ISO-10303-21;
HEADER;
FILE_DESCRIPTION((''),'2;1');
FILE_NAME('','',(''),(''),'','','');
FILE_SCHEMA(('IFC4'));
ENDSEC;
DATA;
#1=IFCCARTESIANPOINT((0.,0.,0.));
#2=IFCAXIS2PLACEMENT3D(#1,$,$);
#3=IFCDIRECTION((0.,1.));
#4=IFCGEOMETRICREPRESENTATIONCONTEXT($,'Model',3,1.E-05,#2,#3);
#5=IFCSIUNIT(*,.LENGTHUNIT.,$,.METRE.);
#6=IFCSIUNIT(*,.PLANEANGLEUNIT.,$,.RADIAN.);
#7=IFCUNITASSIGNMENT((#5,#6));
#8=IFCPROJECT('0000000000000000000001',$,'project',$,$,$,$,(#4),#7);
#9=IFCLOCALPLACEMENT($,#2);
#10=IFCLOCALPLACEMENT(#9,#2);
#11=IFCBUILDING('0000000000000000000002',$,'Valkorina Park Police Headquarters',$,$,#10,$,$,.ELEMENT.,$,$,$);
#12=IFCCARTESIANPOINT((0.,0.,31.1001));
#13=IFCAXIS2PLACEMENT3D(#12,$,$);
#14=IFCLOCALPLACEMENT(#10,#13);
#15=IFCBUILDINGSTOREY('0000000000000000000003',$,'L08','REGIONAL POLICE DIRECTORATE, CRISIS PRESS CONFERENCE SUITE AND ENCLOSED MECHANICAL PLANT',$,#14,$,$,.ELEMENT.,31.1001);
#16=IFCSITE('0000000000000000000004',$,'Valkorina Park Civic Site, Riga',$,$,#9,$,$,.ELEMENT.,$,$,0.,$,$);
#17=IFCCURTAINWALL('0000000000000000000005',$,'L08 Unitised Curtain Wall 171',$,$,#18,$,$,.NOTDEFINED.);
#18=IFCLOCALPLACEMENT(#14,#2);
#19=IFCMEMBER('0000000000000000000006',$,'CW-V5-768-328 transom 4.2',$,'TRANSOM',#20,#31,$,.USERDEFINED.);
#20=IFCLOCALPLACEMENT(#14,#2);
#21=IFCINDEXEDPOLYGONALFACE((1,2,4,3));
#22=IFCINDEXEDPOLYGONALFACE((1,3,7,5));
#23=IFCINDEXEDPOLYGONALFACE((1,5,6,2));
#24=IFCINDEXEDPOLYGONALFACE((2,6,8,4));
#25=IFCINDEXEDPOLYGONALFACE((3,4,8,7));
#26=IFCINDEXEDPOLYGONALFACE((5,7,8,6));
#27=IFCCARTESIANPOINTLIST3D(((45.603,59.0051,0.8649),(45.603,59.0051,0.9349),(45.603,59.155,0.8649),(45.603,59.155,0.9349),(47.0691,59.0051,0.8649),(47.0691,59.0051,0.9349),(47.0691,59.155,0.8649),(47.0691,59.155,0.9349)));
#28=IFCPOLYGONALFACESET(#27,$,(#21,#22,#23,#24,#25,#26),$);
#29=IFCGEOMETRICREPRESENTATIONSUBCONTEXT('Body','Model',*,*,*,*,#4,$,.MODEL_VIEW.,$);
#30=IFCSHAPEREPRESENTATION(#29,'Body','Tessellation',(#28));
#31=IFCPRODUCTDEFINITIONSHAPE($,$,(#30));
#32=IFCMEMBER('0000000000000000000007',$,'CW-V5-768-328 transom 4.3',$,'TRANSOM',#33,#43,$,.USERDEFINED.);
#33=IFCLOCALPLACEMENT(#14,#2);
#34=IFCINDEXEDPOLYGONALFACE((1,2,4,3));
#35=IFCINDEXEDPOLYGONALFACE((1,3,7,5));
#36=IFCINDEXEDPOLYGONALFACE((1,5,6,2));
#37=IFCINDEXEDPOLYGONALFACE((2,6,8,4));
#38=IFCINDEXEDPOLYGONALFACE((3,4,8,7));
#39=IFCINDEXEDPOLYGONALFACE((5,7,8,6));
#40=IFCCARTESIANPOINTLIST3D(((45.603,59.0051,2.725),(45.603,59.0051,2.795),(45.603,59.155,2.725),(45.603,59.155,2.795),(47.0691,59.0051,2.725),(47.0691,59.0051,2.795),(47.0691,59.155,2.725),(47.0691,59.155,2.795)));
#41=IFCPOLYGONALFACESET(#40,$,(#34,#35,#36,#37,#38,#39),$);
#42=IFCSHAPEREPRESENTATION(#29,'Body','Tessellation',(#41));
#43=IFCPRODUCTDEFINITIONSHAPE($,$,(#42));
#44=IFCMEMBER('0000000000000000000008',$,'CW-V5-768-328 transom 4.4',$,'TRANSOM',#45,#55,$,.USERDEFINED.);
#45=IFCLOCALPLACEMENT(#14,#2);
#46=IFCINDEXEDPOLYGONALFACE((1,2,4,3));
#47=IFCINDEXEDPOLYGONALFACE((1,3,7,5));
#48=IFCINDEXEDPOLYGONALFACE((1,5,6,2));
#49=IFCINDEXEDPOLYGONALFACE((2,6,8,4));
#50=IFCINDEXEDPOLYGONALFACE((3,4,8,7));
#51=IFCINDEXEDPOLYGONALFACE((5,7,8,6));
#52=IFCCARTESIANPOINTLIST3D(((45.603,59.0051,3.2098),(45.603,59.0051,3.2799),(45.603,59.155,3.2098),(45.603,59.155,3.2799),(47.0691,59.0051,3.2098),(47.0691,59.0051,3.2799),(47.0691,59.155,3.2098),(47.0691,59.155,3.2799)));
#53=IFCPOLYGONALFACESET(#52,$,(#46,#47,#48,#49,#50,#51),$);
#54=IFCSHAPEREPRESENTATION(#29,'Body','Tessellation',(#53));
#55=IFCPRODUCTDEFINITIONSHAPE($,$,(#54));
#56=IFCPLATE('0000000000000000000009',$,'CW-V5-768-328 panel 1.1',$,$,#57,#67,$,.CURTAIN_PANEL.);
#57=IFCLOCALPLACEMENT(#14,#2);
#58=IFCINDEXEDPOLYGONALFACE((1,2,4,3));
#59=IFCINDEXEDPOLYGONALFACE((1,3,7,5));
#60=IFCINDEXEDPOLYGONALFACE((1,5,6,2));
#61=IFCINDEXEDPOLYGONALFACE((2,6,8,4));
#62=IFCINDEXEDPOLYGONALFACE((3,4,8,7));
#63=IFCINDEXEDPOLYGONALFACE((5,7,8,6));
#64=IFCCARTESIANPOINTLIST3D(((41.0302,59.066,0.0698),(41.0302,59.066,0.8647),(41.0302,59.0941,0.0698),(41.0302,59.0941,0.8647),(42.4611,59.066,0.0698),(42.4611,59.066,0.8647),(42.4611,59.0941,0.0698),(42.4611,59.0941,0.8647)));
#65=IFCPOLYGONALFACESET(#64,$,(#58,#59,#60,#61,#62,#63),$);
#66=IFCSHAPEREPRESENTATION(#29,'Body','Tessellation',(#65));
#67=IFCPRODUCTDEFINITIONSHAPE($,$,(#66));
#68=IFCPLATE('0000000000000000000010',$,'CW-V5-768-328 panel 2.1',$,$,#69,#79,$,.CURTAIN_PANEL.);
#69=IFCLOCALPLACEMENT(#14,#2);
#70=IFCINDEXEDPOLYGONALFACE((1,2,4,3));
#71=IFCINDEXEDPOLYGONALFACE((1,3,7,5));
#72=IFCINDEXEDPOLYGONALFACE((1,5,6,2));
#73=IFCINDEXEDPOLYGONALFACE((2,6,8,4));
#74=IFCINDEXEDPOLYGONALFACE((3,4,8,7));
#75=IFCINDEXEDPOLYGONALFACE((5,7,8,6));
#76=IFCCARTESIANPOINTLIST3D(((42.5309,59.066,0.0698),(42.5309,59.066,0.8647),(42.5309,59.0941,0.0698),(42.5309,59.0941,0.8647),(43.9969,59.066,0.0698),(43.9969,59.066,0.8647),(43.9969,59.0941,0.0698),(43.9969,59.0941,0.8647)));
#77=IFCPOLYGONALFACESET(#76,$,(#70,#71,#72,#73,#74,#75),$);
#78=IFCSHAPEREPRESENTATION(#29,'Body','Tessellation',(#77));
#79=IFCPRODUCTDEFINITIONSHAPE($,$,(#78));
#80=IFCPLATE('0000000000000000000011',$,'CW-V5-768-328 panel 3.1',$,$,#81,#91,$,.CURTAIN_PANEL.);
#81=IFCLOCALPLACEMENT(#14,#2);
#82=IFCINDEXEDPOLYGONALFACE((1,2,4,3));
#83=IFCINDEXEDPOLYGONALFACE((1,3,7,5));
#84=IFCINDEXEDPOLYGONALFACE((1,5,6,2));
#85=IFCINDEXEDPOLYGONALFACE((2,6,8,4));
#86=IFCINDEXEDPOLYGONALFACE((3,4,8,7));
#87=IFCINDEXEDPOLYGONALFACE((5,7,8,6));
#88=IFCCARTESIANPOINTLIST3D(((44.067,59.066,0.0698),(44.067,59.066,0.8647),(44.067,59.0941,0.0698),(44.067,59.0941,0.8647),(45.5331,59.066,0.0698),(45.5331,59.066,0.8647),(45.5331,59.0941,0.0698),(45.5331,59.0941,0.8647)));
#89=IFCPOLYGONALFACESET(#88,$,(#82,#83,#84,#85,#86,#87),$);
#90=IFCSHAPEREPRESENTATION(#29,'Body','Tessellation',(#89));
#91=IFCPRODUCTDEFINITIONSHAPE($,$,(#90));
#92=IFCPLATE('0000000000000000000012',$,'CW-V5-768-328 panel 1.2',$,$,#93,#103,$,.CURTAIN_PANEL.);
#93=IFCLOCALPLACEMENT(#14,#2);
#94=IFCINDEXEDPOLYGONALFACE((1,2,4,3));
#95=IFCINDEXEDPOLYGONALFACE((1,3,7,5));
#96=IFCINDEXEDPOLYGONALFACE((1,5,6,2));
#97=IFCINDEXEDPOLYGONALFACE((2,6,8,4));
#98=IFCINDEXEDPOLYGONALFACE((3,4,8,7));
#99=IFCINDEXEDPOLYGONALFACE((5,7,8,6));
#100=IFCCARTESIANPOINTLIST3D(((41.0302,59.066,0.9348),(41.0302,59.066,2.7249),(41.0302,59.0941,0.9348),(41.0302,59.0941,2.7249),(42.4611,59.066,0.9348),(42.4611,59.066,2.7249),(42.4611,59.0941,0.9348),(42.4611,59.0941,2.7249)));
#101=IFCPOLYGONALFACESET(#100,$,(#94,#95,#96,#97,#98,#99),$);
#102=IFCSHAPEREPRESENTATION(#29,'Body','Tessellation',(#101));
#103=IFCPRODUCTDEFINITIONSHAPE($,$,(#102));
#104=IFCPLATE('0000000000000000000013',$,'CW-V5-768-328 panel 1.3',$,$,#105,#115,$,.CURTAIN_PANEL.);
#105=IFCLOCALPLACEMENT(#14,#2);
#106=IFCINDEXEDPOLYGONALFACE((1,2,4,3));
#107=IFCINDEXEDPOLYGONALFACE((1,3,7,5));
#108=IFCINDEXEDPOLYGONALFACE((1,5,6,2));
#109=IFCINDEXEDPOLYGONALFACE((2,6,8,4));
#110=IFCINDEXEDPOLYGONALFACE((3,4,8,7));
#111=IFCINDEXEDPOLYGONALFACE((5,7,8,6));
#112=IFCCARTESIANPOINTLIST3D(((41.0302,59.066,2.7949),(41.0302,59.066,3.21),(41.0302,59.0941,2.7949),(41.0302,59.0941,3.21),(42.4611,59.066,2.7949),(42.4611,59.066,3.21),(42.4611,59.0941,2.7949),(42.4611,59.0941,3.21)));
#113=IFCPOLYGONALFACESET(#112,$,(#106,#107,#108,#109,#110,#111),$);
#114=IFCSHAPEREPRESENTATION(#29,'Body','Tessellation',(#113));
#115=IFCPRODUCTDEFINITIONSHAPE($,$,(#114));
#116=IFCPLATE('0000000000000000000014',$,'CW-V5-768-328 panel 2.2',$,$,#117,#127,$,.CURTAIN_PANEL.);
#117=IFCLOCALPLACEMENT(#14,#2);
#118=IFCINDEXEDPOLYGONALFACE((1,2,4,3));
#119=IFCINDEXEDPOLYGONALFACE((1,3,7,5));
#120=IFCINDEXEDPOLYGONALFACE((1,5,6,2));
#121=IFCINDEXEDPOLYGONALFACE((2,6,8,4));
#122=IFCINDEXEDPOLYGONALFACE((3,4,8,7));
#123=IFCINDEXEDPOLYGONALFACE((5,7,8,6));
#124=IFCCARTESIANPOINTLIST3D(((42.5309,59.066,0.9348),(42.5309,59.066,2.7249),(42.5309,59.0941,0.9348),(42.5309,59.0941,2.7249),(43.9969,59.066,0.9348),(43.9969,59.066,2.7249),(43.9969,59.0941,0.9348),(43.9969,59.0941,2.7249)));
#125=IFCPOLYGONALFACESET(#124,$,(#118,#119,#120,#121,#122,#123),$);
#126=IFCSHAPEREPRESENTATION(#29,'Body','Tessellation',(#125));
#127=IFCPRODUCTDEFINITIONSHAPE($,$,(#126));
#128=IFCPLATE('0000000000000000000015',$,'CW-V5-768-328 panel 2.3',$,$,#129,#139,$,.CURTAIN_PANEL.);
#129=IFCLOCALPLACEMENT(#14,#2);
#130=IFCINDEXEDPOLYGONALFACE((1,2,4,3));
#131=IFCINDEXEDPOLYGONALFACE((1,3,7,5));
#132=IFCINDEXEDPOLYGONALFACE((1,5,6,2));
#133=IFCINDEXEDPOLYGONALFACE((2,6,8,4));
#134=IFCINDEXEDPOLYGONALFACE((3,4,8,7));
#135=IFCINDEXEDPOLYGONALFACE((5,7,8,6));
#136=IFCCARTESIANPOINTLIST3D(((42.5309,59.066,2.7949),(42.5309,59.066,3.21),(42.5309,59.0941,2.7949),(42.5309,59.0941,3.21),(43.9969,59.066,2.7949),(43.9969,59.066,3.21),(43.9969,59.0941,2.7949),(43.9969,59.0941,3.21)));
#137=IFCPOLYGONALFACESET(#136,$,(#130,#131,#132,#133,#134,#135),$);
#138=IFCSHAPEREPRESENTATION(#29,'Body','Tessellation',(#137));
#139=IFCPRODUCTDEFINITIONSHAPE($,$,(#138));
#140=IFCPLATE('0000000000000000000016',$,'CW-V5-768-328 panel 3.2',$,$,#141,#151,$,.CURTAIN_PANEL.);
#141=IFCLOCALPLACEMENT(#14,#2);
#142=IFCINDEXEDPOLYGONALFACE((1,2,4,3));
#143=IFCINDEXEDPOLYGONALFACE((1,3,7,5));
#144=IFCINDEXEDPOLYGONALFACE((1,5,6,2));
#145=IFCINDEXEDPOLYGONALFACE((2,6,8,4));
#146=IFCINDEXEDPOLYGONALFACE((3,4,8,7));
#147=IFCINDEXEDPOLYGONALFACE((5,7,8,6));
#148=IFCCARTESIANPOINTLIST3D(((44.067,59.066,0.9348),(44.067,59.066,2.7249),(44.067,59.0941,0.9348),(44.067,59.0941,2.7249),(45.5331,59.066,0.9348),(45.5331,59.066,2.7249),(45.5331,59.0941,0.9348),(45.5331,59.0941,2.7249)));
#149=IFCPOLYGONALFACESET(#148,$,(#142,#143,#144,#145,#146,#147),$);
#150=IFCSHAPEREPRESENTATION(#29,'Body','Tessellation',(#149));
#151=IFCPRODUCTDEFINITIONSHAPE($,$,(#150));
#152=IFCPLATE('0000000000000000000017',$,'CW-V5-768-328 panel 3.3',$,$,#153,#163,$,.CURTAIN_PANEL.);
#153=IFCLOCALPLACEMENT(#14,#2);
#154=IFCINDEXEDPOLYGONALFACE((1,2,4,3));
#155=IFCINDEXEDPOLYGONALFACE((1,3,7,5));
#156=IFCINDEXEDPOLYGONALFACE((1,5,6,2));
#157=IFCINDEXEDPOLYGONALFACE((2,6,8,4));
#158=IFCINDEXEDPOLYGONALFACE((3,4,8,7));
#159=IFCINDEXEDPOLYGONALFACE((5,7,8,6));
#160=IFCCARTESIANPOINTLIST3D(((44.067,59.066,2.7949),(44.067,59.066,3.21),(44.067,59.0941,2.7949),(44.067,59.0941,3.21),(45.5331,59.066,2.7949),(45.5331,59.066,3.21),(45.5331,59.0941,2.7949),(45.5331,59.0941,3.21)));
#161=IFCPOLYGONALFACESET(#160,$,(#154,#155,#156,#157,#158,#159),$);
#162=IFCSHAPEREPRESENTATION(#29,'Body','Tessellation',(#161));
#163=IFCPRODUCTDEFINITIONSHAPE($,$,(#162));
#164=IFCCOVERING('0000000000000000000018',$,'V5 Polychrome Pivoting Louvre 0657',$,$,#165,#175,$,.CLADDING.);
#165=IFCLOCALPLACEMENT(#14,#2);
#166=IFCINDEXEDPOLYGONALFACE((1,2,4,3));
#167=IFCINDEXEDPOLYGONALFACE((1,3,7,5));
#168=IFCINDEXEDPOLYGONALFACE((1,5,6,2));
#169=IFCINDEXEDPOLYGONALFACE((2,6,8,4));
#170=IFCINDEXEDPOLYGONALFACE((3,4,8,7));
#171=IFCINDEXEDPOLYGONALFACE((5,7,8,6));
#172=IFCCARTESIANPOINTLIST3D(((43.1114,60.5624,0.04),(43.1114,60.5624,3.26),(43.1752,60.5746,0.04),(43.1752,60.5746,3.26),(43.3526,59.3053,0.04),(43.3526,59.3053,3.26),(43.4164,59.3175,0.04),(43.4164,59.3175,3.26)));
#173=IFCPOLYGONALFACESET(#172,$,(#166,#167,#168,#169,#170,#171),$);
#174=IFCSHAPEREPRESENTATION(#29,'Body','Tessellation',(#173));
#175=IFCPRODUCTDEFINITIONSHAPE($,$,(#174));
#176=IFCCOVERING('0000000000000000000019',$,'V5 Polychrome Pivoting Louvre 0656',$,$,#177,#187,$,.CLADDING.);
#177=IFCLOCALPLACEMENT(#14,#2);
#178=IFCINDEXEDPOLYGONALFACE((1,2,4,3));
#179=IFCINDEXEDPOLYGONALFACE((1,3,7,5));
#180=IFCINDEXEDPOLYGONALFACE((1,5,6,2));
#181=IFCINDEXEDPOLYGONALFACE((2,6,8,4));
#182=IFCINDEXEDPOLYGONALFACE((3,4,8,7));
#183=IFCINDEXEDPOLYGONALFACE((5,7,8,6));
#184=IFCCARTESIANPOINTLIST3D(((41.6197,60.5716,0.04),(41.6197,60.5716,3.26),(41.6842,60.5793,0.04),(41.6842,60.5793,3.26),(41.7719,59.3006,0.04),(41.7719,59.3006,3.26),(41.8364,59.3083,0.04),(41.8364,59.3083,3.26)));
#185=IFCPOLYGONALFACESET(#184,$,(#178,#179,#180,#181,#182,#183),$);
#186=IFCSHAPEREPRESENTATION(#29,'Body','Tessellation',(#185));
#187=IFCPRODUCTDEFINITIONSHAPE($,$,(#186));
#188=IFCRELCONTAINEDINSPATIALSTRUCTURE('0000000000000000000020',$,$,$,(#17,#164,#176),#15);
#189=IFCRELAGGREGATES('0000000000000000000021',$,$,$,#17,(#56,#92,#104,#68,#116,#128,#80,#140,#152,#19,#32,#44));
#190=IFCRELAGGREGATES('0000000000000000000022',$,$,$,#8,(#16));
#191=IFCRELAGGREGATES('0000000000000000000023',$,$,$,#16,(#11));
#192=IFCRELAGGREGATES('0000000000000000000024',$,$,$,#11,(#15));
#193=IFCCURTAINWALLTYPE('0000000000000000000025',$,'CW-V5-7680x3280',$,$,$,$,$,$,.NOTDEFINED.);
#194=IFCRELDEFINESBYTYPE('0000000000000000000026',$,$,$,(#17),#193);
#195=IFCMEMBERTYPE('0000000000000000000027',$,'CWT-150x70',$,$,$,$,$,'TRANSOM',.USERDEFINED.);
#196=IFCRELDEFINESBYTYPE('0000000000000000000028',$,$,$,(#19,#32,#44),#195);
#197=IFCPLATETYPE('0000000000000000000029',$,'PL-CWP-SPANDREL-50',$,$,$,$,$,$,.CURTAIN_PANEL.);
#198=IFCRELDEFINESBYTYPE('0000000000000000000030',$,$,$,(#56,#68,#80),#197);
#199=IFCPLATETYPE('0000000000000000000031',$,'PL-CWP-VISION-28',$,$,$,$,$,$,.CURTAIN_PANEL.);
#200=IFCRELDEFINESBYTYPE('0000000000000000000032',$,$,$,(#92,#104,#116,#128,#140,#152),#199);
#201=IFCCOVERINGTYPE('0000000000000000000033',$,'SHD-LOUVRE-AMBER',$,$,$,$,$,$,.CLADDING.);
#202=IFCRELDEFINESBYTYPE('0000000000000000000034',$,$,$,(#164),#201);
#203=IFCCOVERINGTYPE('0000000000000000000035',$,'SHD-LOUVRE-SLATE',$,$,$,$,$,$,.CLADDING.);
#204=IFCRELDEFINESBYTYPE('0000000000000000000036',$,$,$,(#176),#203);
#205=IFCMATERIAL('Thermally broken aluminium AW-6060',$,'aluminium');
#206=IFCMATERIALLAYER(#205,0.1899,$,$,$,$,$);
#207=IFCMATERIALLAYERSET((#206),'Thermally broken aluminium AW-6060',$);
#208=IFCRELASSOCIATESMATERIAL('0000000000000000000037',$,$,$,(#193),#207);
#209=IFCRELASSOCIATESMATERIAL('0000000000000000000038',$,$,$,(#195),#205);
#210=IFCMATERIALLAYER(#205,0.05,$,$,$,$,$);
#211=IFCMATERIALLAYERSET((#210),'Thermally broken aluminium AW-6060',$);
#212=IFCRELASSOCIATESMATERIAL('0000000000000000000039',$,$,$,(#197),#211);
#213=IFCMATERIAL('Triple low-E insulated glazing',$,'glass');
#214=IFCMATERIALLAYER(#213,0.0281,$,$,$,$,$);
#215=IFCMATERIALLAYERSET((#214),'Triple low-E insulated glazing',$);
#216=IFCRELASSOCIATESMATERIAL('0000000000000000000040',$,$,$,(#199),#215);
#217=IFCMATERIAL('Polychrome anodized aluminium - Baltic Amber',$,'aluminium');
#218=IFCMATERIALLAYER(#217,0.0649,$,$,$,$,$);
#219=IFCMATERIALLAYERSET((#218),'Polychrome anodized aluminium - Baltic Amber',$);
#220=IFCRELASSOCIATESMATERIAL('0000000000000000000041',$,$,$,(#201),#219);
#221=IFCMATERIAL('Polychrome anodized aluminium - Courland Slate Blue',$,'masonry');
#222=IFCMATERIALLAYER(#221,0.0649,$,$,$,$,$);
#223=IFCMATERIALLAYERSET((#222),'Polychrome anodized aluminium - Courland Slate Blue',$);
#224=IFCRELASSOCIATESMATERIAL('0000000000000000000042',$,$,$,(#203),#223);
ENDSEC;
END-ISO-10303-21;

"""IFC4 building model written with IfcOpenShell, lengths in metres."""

from ifc_helpers import new_model, si_unit, direction, frame, origin, origin_2d, place, context, subcontext, project, spatial, rectangle, extrude, material, layer, layer_set, material_profile, profile_set, type_object, element, aggregate, save


model = new_model("IFC4")

# Units and contexts
model_context = context("Model", 3, precision=1e-05, world=origin(), true_north=direction((0.0, 1.0)))
body_context = subcontext(model_context, "Body", "Model", "MODEL_VIEW")
ifc_project = project(units=[si_unit("LENGTHUNIT", "METRE"), si_unit("PLANEANGLEUNIT", "RADIAN")], contexts=[model_context])

# Site, building, storey
site_placement = place(None, origin())
site = spatial("IfcSite", under=ifc_project, at=site_placement, Name="Valkorina Park Civic Site, Riga", CompositionType="ELEMENT", RefElevation=0.0)
building_placement = place(site_placement, origin())
building = spatial("IfcBuilding", under=site, at=building_placement, Name="Valkorina Park Police Headquarters", CompositionType="ELEMENT")
storey_placement = place(building_placement, frame((0.0, 0.0, 31.1001)))
storey = spatial("IfcBuildingStorey", under=building, at=storey_placement, Name="L08", Description="REGIONAL POLICE DIRECTORATE, CRISIS PRESS CONFERENCE SUITE AND ENCLOSED MECHANICAL PLANT", CompositionType="ELEMENT", Elevation=31.1001)

# Curtain wall, members, plates
ifc_material_1 = material(Name="Thermally broken aluminium AW-6060", Category="aluminium")
ifc_layer_1 = layer(ifc_material_1, 0.1899)
ifc_layer_set_1 = layer_set([ifc_layer_1], Name="Thermally broken aluminium AW-6060")
curtain_wall_type = type_object("IfcCurtainWallType", Name="CW-V5-7680x3280", PredefinedType="NOTDEFINED", material=ifc_layer_set_1)
curtain_wall_placement = place(storey_placement, origin())
curtain_wall = element("IfcCurtainWall", 1, at=curtain_wall_placement, inside=storey, type_object=curtain_wall_type, Name="L08 Unitised Curtain Wall 171", PredefinedType="NOTDEFINED")
ifc_material_profile_1 = material_profile(ifc_material_1, rectangle(XDim=0.1499, YDim=0.0701, at=origin_2d()), Name="CWT-02 150x70")
ifc_profile_set_1 = profile_set([ifc_material_profile_1], Name="Thermally broken aluminium AW-6060")
member_type_1 = type_object("IfcMemberType", Name="CWT-150x70", ElementType="TRANSOM", PredefinedType="USERDEFINED", material=ifc_profile_set_1)
member_1_placement = place(storey_placement, frame((45.603, 59.0801, 0.8999), z_axis=(1.0, 0.0, 0.0), x_axis=(0.0, 1.0, 0.0)))
member_1 = element("IfcMember", 2, at=member_1_placement, type_object=member_type_1, Name="CW-V5-768-328 transom 4.2", ObjectType="TRANSOM", PredefinedType="USERDEFINED", context=body_context, shape_type="SweptSolid", body=[
    extrude(rectangle(XDim=0.1499, YDim=0.0701, at=origin_2d()), origin(), (0.0, 0.0, 1.0), 1.4661),
])
member_2_placement = place(storey_placement, frame((45.603, 59.0801, 2.76), z_axis=(1.0, 0.0, 0.0), x_axis=(0.0, 1.0, 0.0)))
member_2 = element("IfcMember", 3, at=member_2_placement, type_object=member_type_1, Name="CW-V5-768-328 transom 4.3", ObjectType="TRANSOM", PredefinedType="USERDEFINED", context=body_context, shape_type="SweptSolid", body=[
    extrude(rectangle(XDim=0.1499, YDim=0.0701, at=origin_2d()), origin(), (0.0, 0.0, 1.0), 1.4661),
])
member_3_placement = place(storey_placement, frame((45.603, 59.0801, 3.2449), z_axis=(1.0, 0.0, 0.0), x_axis=(0.0, 1.0, 0.0)))
member_3 = element("IfcMember", 4, at=member_3_placement, type_object=member_type_1, Name="CW-V5-768-328 transom 4.4", ObjectType="TRANSOM", PredefinedType="USERDEFINED", context=body_context, shape_type="SweptSolid", body=[
    extrude(rectangle(XDim=0.1499, YDim=0.0701, at=origin_2d()), origin(), (0.0, 0.0, 1.0), 1.4661),
])
ifc_layer_2 = layer(ifc_material_1, 0.05)
ifc_layer_set_2 = layer_set([ifc_layer_2], Name="Thermally broken aluminium AW-6060")
plate_type_1 = type_object("IfcPlateType", Name="PL-CWP-SPANDREL-50", PredefinedType="CURTAIN_PANEL", material=ifc_layer_set_2)
plate_1_placement = place(storey_placement, frame((41.7456, 59.0801, 0.0698), z_axis=(0.0, 0.0, 1.0), x_axis=(1.0, 0.0, 0.0)))
plate_1 = element("IfcPlate", 5, at=plate_1_placement, type_object=plate_type_1, Name="CW-V5-768-328 panel 1.1", PredefinedType="CURTAIN_PANEL", context=body_context, shape_type="SweptSolid", body=[
    extrude(rectangle(XDim=1.4309, YDim=0.0281, at=origin_2d()), origin(), (0.0, 0.0, 1.0), 0.7949),
])
plate_2_placement = place(storey_placement, frame((43.2639, 59.0801, 0.0698), z_axis=(0.0, 0.0, 1.0), x_axis=(1.0, 0.0, 0.0)))
plate_2 = element("IfcPlate", 6, at=plate_2_placement, type_object=plate_type_1, Name="CW-V5-768-328 panel 2.1", PredefinedType="CURTAIN_PANEL", context=body_context, shape_type="SweptSolid", body=[
    extrude(rectangle(XDim=1.4661, YDim=0.0281, at=origin_2d()), origin(), (0.0, 0.0, 1.0), 0.7949),
])
plate_3_placement = place(storey_placement, frame((44.8, 59.0801, 0.0698), z_axis=(0.0, 0.0, 1.0), x_axis=(1.0, 0.0, 0.0)))
plate_3 = element("IfcPlate", 7, at=plate_3_placement, type_object=plate_type_1, Name="CW-V5-768-328 panel 3.1", PredefinedType="CURTAIN_PANEL", context=body_context, shape_type="SweptSolid", body=[
    extrude(rectangle(XDim=1.4661, YDim=0.0281, at=origin_2d()), origin(), (0.0, 0.0, 1.0), 0.7949),
])
ifc_material_2 = material(Name="Triple low-E insulated glazing", Category="glass")
ifc_layer_3 = layer(ifc_material_2, 0.0281)
ifc_layer_set_3 = layer_set([ifc_layer_3], Name="Triple low-E insulated glazing")
plate_type_2 = type_object("IfcPlateType", Name="PL-CWP-VISION-28", PredefinedType="CURTAIN_PANEL", material=ifc_layer_set_3)
plate_4_placement = place(storey_placement, frame((41.7456, 59.0801, 0.9348), z_axis=(0.0, 0.0, 1.0), x_axis=(1.0, 0.0, 0.0)))
plate_4 = element("IfcPlate", 8, at=plate_4_placement, type_object=plate_type_2, Name="CW-V5-768-328 panel 1.2", PredefinedType="CURTAIN_PANEL", context=body_context, shape_type="SweptSolid", body=[
    extrude(rectangle(XDim=1.4309, YDim=0.0281, at=origin_2d()), origin(), (0.0, 0.0, 1.0), 1.79),
])
plate_5_placement = place(storey_placement, frame((41.7456, 59.0801, 2.7949), z_axis=(0.0, 0.0, 1.0), x_axis=(1.0, 0.0, 0.0)))
plate_5 = element("IfcPlate", 9, at=plate_5_placement, type_object=plate_type_2, Name="CW-V5-768-328 panel 1.3", PredefinedType="CURTAIN_PANEL", context=body_context, shape_type="SweptSolid", body=[
    extrude(rectangle(XDim=1.4309, YDim=0.0281, at=origin_2d()), origin(), (0.0, 0.0, 1.0), 0.415),
])
plate_6_placement = place(storey_placement, frame((43.2639, 59.0801, 0.9348), z_axis=(0.0, 0.0, 1.0), x_axis=(1.0, 0.0, 0.0)))
plate_6 = element("IfcPlate", 10, at=plate_6_placement, type_object=plate_type_2, Name="CW-V5-768-328 panel 2.2", PredefinedType="CURTAIN_PANEL", context=body_context, shape_type="SweptSolid", body=[
    extrude(rectangle(XDim=1.4661, YDim=0.0281, at=origin_2d()), origin(), (0.0, 0.0, 1.0), 1.79),
])
plate_7_placement = place(storey_placement, frame((43.2639, 59.0801, 2.7949), z_axis=(0.0, 0.0, 1.0), x_axis=(1.0, 0.0, 0.0)))
plate_7 = element("IfcPlate", 11, at=plate_7_placement, type_object=plate_type_2, Name="CW-V5-768-328 panel 2.3", PredefinedType="CURTAIN_PANEL", context=body_context, shape_type="SweptSolid", body=[
    extrude(rectangle(XDim=1.4661, YDim=0.0281, at=origin_2d()), origin(), (0.0, 0.0, 1.0), 0.415),
])
plate_8_placement = place(storey_placement, frame((44.8, 59.0801, 0.9348), z_axis=(0.0, 0.0, 1.0), x_axis=(1.0, 0.0, 0.0)))
plate_8 = element("IfcPlate", 12, at=plate_8_placement, type_object=plate_type_2, Name="CW-V5-768-328 panel 3.2", PredefinedType="CURTAIN_PANEL", context=body_context, shape_type="SweptSolid", body=[
    extrude(rectangle(XDim=1.4661, YDim=0.0281, at=origin_2d()), origin(), (0.0, 0.0, 1.0), 1.79),
])
plate_9_placement = place(storey_placement, frame((44.8, 59.0801, 2.7949), z_axis=(0.0, 0.0, 1.0), x_axis=(1.0, 0.0, 0.0)))
plate_9 = element("IfcPlate", 13, at=plate_9_placement, type_object=plate_type_2, Name="CW-V5-768-328 panel 3.3", PredefinedType="CURTAIN_PANEL", context=body_context, shape_type="SweptSolid", body=[
    extrude(rectangle(XDim=1.4661, YDim=0.0281, at=origin_2d()), origin(), (0.0, 0.0, 1.0), 0.415),
])
aggregate(curtain_wall, [plate_1, plate_4, plate_5, plate_2, plate_6, plate_7, plate_3, plate_8, plate_9, member_1, member_2, member_3])

# Coverings
ifc_material_3 = material(Name="Polychrome anodized aluminium - Baltic Amber", Category="aluminium")
ifc_layer_4 = layer(ifc_material_3, 0.0649)
ifc_layer_set_4 = layer_set([ifc_layer_4], Name="Polychrome anodized aluminium - Baltic Amber")
covering_type_1 = type_object("IfcCoveringType", Name="SHD-LOUVRE-AMBER", PredefinedType="CLADDING", material=ifc_layer_set_4)
covering_1_placement = place(storey_placement, frame((43.2639, 59.9399, 0.04), z_axis=(0.0, 0.0, 1.0), x_axis=(-0.18841, 0.98209, 0.0)))
element("IfcCovering", 14, at=covering_1_placement, inside=storey, type_object=covering_type_1, Name="V5 Polychrome Pivoting Louvre 0657", PredefinedType="CLADDING", context=body_context, shape_type="SweptSolid", body=[
    extrude(rectangle(XDim=1.28, YDim=0.0649, at=origin_2d()), origin(), (0.0, 0.0, 1.0), 3.22),
])
ifc_material_4 = material(Name="Polychrome anodized aluminium - Courland Slate Blue", Category="masonry")
ifc_layer_5 = layer(ifc_material_4, 0.0649)
ifc_layer_set_5 = layer_set([ifc_layer_5], Name="Polychrome anodized aluminium - Courland Slate Blue")
covering_type_2 = type_object("IfcCoveringType", Name="SHD-LOUVRE-SLATE", PredefinedType="CLADDING", material=ifc_layer_set_5)
covering_2_placement = place(storey_placement, frame((41.728, 59.9399, 0.04), z_axis=(0.0, 0.0, 1.0), x_axis=(-0.118924, 0.992903, 0.0)))
element("IfcCovering", 15, at=covering_2_placement, inside=storey, type_object=covering_type_2, Name="V5 Polychrome Pivoting Louvre 0656", PredefinedType="CLADDING", context=body_context, shape_type="SweptSolid", body=[
    extrude(rectangle(XDim=1.28, YDim=0.0649, at=origin_2d()), origin(), (0.0, 0.0, 1.0), 3.22),
])

save(model, "model.ifc")
